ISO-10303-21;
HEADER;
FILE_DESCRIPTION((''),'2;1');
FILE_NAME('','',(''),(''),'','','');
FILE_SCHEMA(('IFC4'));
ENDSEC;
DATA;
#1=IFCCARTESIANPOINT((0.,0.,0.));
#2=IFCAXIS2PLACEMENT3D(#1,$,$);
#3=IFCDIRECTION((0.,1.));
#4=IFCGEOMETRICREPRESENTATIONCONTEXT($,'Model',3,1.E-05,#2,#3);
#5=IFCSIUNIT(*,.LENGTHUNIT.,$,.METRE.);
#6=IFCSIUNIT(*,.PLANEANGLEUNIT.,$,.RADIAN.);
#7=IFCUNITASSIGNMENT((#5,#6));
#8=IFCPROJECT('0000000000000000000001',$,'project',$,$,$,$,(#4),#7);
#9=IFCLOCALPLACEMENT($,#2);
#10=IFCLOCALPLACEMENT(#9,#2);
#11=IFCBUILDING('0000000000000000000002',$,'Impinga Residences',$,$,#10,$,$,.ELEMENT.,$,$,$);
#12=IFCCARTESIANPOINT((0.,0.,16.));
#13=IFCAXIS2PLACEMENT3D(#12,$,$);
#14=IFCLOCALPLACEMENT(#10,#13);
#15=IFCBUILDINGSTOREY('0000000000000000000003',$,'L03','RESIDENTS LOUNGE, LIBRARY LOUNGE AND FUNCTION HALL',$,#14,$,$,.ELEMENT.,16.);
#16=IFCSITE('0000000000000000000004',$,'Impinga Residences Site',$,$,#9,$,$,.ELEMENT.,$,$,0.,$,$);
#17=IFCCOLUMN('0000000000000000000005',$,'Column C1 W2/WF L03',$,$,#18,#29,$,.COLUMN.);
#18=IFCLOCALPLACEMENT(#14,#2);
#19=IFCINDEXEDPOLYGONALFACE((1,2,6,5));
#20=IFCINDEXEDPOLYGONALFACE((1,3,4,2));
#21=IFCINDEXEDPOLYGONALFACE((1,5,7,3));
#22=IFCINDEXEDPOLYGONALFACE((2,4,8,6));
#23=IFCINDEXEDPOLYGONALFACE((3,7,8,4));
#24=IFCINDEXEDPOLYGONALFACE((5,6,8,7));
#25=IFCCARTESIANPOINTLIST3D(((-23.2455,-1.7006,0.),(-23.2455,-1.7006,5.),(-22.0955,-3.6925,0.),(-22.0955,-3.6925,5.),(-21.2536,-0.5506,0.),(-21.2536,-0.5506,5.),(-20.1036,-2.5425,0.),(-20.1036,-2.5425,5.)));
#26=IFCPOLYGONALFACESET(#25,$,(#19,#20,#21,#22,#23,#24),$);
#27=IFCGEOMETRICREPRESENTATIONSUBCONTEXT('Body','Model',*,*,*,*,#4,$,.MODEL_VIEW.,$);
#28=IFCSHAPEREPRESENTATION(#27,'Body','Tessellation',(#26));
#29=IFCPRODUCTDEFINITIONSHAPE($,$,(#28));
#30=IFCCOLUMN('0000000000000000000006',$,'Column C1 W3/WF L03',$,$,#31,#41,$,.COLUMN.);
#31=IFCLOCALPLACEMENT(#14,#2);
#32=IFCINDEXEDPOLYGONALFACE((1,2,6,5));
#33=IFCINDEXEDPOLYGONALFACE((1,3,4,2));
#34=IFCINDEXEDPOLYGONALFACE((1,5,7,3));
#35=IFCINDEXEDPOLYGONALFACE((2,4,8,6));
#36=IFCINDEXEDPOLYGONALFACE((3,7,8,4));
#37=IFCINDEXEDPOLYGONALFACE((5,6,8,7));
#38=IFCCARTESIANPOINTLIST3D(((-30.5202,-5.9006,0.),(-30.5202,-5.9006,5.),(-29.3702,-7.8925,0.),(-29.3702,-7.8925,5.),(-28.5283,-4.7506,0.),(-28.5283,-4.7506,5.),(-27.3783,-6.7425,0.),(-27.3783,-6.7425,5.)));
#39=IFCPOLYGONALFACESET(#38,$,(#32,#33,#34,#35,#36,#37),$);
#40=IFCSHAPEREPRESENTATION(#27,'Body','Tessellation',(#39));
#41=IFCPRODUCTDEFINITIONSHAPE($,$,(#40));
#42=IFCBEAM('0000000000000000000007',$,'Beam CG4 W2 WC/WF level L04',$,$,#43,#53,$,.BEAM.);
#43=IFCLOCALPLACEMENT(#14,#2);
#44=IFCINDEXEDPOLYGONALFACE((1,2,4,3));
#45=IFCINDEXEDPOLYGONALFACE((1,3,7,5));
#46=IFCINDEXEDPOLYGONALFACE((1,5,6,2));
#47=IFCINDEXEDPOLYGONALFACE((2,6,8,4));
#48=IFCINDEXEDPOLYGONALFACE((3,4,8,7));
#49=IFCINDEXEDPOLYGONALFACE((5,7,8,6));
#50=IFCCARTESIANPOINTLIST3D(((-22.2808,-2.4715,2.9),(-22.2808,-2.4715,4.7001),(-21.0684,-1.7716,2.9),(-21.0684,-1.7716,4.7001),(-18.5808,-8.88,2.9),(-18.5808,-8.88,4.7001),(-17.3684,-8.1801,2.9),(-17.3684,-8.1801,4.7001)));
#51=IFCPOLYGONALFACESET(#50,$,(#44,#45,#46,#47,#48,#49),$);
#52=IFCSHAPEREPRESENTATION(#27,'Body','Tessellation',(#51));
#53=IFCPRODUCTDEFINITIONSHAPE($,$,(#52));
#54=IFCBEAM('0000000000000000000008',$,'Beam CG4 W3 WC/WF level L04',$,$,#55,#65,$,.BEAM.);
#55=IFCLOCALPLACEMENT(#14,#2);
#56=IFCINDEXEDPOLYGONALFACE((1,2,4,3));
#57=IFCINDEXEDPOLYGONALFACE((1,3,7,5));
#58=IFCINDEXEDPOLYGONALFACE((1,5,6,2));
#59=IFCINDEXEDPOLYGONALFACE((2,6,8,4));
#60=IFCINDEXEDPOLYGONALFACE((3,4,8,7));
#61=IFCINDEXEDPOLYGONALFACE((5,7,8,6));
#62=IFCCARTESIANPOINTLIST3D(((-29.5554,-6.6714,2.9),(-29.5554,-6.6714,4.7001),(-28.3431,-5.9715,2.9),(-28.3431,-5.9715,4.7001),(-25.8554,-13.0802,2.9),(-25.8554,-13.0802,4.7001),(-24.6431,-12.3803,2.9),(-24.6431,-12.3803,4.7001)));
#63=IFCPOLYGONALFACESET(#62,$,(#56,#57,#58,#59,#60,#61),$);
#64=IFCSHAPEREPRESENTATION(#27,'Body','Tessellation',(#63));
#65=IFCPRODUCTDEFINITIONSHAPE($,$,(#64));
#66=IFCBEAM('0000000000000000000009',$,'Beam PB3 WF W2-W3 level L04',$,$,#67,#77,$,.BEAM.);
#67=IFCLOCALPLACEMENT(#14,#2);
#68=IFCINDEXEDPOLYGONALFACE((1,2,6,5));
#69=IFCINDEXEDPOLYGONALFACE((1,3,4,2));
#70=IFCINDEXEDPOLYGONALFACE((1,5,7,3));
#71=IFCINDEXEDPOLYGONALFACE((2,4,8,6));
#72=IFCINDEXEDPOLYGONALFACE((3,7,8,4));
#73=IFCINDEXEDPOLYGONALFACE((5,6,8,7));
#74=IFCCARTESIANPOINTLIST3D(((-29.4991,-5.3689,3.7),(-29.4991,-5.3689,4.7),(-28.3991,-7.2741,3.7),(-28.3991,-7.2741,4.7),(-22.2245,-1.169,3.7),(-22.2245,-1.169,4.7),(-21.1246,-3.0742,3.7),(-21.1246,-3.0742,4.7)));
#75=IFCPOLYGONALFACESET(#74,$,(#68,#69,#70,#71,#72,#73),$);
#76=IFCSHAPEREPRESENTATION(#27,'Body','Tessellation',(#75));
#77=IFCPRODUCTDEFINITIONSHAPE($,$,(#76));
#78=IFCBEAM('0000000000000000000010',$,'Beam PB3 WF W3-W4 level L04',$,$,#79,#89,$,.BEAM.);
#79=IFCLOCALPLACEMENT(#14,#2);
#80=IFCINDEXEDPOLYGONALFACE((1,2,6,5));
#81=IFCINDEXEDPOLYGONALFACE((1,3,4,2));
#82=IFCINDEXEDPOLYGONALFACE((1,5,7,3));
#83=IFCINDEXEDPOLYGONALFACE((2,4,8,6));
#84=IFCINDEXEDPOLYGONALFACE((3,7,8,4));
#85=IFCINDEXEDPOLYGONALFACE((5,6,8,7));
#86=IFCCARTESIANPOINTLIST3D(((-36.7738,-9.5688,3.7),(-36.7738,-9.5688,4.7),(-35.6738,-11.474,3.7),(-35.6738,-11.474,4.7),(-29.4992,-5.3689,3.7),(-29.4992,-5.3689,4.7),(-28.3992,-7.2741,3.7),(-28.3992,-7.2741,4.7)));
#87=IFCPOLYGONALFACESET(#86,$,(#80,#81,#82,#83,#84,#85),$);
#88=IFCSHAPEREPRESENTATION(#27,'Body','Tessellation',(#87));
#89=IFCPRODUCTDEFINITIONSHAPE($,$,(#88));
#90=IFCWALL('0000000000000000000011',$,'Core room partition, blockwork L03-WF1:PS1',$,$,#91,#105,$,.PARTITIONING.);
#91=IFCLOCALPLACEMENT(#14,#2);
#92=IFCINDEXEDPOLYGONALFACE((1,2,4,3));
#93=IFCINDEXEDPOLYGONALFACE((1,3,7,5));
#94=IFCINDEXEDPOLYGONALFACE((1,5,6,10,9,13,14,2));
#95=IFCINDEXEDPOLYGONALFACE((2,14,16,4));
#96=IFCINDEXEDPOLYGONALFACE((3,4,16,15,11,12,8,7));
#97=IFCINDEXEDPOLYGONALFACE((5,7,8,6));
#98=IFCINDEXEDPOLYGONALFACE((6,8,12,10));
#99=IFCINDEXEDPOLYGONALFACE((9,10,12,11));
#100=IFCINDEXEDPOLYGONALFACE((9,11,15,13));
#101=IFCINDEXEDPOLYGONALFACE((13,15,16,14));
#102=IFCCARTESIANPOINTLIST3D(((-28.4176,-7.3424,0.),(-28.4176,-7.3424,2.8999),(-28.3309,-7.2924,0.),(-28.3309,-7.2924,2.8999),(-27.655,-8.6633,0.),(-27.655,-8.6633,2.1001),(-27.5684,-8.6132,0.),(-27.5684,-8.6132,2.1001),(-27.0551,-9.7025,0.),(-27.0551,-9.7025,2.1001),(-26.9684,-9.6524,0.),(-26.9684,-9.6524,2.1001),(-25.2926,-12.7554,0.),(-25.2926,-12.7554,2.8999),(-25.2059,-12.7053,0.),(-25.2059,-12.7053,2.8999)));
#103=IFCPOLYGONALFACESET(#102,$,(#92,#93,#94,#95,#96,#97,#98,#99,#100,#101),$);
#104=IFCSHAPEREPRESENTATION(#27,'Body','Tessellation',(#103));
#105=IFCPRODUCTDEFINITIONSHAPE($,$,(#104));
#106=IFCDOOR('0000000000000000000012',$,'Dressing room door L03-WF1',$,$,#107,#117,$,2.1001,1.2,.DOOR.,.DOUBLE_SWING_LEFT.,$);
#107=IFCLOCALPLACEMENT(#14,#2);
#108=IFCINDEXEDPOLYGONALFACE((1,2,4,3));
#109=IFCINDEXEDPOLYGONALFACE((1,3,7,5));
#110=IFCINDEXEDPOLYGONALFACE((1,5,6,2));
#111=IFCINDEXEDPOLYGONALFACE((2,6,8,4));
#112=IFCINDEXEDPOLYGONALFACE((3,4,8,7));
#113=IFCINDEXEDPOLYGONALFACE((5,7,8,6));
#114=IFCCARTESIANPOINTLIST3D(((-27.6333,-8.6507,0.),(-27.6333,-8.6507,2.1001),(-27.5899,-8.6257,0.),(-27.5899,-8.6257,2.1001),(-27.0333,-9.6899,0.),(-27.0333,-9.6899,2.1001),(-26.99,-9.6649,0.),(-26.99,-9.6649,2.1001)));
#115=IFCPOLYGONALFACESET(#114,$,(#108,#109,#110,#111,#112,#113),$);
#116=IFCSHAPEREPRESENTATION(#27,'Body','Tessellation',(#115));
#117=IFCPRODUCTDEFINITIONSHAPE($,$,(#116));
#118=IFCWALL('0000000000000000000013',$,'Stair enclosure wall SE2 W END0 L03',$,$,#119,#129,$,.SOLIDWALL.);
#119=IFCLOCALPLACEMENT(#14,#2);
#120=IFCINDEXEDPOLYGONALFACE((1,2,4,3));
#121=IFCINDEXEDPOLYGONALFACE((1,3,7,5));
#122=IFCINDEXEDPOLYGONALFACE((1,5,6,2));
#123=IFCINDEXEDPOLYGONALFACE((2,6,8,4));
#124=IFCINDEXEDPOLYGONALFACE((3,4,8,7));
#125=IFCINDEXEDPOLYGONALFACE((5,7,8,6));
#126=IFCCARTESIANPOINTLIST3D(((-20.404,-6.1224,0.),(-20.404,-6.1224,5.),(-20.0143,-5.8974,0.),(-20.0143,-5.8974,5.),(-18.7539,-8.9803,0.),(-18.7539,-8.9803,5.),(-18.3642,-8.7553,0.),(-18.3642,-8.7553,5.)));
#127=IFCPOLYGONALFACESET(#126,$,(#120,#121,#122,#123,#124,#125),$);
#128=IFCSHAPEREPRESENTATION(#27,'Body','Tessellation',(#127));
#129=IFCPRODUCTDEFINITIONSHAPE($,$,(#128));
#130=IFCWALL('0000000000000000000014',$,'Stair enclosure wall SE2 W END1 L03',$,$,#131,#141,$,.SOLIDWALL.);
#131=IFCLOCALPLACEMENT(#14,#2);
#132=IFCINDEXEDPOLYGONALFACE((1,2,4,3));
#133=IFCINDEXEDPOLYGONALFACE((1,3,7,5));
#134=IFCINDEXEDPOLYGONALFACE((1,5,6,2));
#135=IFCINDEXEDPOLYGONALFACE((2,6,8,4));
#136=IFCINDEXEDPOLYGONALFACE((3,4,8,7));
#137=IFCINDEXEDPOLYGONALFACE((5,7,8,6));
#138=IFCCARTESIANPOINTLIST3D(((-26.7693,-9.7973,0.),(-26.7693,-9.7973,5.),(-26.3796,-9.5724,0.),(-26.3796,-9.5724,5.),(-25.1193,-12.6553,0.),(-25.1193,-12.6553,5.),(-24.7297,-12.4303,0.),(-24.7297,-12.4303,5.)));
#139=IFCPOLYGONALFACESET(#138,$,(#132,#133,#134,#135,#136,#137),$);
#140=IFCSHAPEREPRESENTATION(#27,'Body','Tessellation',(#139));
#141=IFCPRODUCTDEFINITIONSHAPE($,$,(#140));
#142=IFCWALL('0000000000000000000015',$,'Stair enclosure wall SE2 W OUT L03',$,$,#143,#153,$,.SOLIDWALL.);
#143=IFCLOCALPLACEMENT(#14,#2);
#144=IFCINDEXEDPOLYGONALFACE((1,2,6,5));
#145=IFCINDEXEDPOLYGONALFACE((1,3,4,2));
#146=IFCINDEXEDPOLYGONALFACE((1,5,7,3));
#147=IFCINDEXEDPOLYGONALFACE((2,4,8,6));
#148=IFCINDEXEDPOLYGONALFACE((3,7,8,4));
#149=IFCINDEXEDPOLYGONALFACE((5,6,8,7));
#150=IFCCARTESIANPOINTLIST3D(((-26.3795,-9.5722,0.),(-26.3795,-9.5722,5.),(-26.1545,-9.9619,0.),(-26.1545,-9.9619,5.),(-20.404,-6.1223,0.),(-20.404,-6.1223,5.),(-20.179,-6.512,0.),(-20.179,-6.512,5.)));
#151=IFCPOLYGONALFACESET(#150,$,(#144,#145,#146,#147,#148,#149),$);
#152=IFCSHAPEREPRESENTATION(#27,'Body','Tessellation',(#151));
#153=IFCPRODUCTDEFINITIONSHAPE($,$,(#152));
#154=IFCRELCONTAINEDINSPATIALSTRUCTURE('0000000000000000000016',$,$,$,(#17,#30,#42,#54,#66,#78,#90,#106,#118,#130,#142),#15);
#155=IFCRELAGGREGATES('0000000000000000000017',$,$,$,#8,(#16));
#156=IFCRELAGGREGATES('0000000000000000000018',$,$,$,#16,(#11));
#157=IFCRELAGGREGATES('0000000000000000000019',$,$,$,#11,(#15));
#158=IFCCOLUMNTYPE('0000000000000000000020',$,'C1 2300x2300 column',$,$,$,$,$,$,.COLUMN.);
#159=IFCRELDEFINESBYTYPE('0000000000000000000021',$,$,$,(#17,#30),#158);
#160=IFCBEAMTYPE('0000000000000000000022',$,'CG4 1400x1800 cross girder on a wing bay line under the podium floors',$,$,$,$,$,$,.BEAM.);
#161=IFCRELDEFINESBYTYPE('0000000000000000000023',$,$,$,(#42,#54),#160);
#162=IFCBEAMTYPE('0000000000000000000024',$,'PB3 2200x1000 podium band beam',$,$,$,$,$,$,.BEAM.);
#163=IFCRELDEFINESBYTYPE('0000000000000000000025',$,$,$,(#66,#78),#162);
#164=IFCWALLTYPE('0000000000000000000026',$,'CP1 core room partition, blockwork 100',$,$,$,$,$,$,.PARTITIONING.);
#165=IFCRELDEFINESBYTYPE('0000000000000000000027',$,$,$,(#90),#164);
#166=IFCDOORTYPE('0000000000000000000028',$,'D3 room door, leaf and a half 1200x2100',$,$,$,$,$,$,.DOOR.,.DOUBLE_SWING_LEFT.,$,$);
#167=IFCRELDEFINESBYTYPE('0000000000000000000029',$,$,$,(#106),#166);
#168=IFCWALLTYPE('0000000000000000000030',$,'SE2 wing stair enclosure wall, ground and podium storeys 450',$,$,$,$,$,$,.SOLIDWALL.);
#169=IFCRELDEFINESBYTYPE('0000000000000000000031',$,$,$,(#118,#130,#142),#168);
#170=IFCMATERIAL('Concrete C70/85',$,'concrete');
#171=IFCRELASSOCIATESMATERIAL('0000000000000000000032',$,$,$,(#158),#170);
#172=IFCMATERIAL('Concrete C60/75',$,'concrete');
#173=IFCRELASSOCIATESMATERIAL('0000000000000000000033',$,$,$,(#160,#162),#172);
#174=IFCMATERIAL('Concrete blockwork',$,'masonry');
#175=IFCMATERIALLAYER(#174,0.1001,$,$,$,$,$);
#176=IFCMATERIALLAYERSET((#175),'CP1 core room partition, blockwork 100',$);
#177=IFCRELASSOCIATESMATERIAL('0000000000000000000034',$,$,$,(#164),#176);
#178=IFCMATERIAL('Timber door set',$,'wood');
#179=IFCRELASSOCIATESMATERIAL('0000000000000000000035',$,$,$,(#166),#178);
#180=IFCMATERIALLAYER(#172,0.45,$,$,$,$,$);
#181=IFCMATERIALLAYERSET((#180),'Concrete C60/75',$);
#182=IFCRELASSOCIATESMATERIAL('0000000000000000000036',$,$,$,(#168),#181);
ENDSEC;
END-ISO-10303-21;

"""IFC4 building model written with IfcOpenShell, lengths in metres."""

from ifc_helpers import new_model, si_unit, direction, frame, frame_2d, origin, origin_2d, place, context, subcontext, project, spatial, rectangle, extrude, material, layer, layer_set, material_profile, profile_set, type_object, element, fill, save


model = new_model("IFC4")

# Units and contexts
model_context = context("Model", 3, precision=1e-05, world=origin(), true_north=direction((0.0, 1.0)))
body_context = subcontext(model_context, "Body", "Model", "MODEL_VIEW")
ifc_project = project(units=[si_unit("LENGTHUNIT", "METRE"), si_unit("PLANEANGLEUNIT", "RADIAN")], contexts=[model_context])

# Site, building, storey
site_placement = place(None, origin())
site = spatial("IfcSite", under=ifc_project, at=site_placement, Name="Impinga Residences Site", CompositionType="ELEMENT", RefElevation=0.0)
building_placement = place(site_placement, origin())
building = spatial("IfcBuilding", under=site, at=building_placement, Name="Impinga Residences", CompositionType="ELEMENT")
storey_placement = place(building_placement, frame((0.0, 0.0, 16.0)))
storey = spatial("IfcBuildingStorey", under=building, at=storey_placement, Name="L03", Description="RESIDENTS LOUNGE, LIBRARY LOUNGE AND FUNCTION HALL", CompositionType="ELEMENT", Elevation=16.0)

# Columns
ifc_material_1 = material(Name="Concrete C70/85", Category="concrete")
ifc_material_profile_1 = material_profile(ifc_material_1, rectangle(XDim=2.3, YDim=2.3, at=origin_2d()), Name="RC 2300x2300")
ifc_profile_set_1 = profile_set([ifc_material_profile_1], Name="Concrete C70/85")
column_type = type_object("IfcColumnType", Name="C1 2300x2300 column", PredefinedType="COLUMN", material=ifc_profile_set_1)
for number, where, z_axis, x_axis, name in (
    (1, (-21.6746, -2.1216, 0.0), (0.0, 0.0, 1.0), (-0.5, 0.866025, 0.0), "Column C1 W2/WF L03"),
    (2, (-28.9492, -6.3215, 0.0), (0.0, 0.0, 1.0), (-0.5, 0.866025, 0.0), "Column C1 W3/WF L03"),
):
    element("IfcColumn", number, at=place(storey_placement, frame(where, z_axis=z_axis, x_axis=x_axis)), inside=storey, type_object=column_type, Name=name, PredefinedType="COLUMN", context=body_context, shape_type="SweptSolid", body=[
        extrude(rectangle(XDim=2.3, YDim=2.3, at=origin_2d()), origin(), (0.0, 0.0, 1.0), 5.0),
    ])

# Beams
ifc_material_2 = material(Name="Concrete C60/75", Category="concrete")
ifc_material_profile_2 = material_profile(ifc_material_2, rectangle(XDim=1.3999, YDim=1.8, at=origin_2d()), Name="RC 1400x1800")
ifc_profile_set_2 = profile_set([ifc_material_profile_2], Name="Concrete C60/75")
beam_type_1 = type_object("IfcBeamType", Name="CG4 1400x1800 cross girder on a wing bay line under the podium floors", PredefinedType="BEAM", material=ifc_profile_set_2)
beam_1_placement = place(storey_placement, frame((-17.9746, -8.53, 3.8), z_axis=(-0.500003, 0.866024, 0.0), x_axis=(-0.866024, -0.500003, 0.0)))
element("IfcBeam", 3, at=beam_1_placement, inside=storey, type_object=beam_type_1, Name="Beam CG4 W2 WC/WF level L04", PredefinedType="BEAM", context=body_context, shape_type="SweptSolid", body=[
    extrude(rectangle(XDim=1.3999, YDim=1.8, at=origin_2d()), origin(), (0.0, 0.0, 1.0), 7.3999),
])
beam_2_placement = place(storey_placement, frame((-25.2493, -12.7302, 3.8), z_axis=(-0.499989, 0.866032, 0.0), x_axis=(-0.866032, -0.499989, 0.0)))
element("IfcBeam", 4, at=beam_2_placement, inside=storey, type_object=beam_type_1, Name="Beam CG4 W3 WC/WF level L04", PredefinedType="BEAM", context=body_context, shape_type="SweptSolid", body=[
    extrude(rectangle(XDim=1.3999, YDim=1.8, at=origin_2d()), origin(), (0.0, 0.0, 1.0), 7.4001),
])
ifc_material_profile_3 = material_profile(ifc_material_2, rectangle(XDim=2.2, YDim=1.0, at=origin_2d()), Name="RC 2200x1000")
ifc_profile_set_3 = profile_set([ifc_material_profile_3], Name="Concrete C60/75")
beam_type_2 = type_object("IfcBeamType", Name="PB3 2200x1000 podium band beam", PredefinedType="BEAM", material=ifc_profile_set_3)
for number, where, z_axis, x_axis, name in (
    (5, (-21.6746, -2.1216, 4.2), (-0.866029, -0.499993, 0.0), (0.499993, -0.866029, 0.0), "Beam PB3 WF W2-W3 level L04"),
    (6, (-28.9492, -6.3215, 4.2), (-0.866029, -0.499993, 0.0), (0.499993, -0.866029, 0.0), "Beam PB3 WF W3-W4 level L04"),
):
    element("IfcBeam", number, at=place(storey_placement, frame(where, z_axis=z_axis, x_axis=x_axis)), inside=storey, type_object=beam_type_2, Name=name, PredefinedType="BEAM", context=body_context, shape_type="SweptSolid", body=[
        extrude(rectangle(XDim=2.2, YDim=1.0, at=origin_2d()), origin(), (0.0, 0.0, 1.0), 8.3999),
    ])

# Wall, opening, door
ifc_material_3 = material(Name="Concrete blockwork", Category="masonry")
ifc_layer_1 = layer(ifc_material_3, 0.1001)
ifc_layer_set_1 = layer_set([ifc_layer_1], Name="CP1 core room partition, blockwork 100")
wall_type_1 = type_object("IfcWallType", Name="CP1 core room partition, blockwork 100", PredefinedType="PARTITIONING", material=ifc_layer_set_1)
wall_1_placement = place(storey_placement, frame((-25.2493, -12.7302, 0.0), z_axis=(0.0, 0.0, 1.0), x_axis=(-0.499987, 0.866033, 0.0)))
wall_1 = element("IfcWall", 7, at=wall_1_placement, inside=storey, type_object=wall_type_1, Name="Core room partition, blockwork L03-WF1:PS1", PredefinedType="PARTITIONING", context=body_context, shape_type="SweptSolid", body=[
    extrude(rectangle(XDim=6.2502, YDim=0.1001, at=frame_2d((3.125, 0.0))), origin(), (0.0, 0.0, 1.0), 2.8999),
])
opening_placement = place(wall_1_placement, frame((3.5249, 0.0, 0.0)))
opening = element("IfcOpeningElement", 8, at=opening_placement, cuts=wall_1, PredefinedType="OPENING", context=body_context, shape_type="SweptSolid", body=[
    extrude(rectangle(XDim=1.2, YDim=2.1001, at=frame_2d((0.6001, 1.05))), frame((0.0, 0.0601, 0.0), z_axis=(0.0, -1.0, 0.0), x_axis=(1.0, 0.0, 0.0)), (0.0, 0.0, 1.0), 0.1201),
])
ifc_material_4 = material(Name="Timber door set", Category="wood")
door_type = type_object("IfcDoorType", Name="D3 room door, leaf and a half 1200x2100", OperationType="DOUBLE_SWING_LEFT", PredefinedType="DOOR", material=ifc_material_4)
door_placement = place(opening_placement, origin())
door = element("IfcDoor", 9, at=door_placement, inside=storey, type_object=door_type, Name="Dressing room door L03-WF1", OperationType="DOUBLE_SWING_LEFT", OverallHeight=2.1001, OverallWidth=1.2, PredefinedType="DOOR", context=body_context, shape_type="SweptSolid", body=[
    extrude(rectangle(XDim=1.2, YDim=2.1001, at=frame_2d((0.6001, 1.05))), frame((0.0, 0.0249, 0.0), z_axis=(0.0, -1.0, 0.0), x_axis=(1.0, 0.0, 0.0)), (0.0, 0.0, 1.0), 0.05),
])
fill(opening, door)

# Walls
ifc_layer_2 = layer(ifc_material_2, 0.45)
ifc_layer_set_2 = layer_set([ifc_layer_2], Name="Concrete C60/75")
wall_type_2 = type_object("IfcWallType", Name="SE2 wing stair enclosure wall, ground and podium storeys 450", PredefinedType="SOLIDWALL", material=ifc_layer_set_2)
for number, where, z_axis, x_axis, name in (
    (10, (-18.5591, -8.8677, 0.0), (0.0, 0.0, 1.0), (-0.50003, 0.866008, 0.0), "Stair enclosure wall SE2 W END0 L03"),
    (11, (-24.9246, -12.5427, 0.0), (0.0, 0.0, 1.0), (-0.499974, 0.86604, 0.0), "Stair enclosure wall SE2 W END1 L03"),
):
    element("IfcWall", number, at=place(storey_placement, frame(where, z_axis=z_axis, x_axis=x_axis)), inside=storey, type_object=wall_type_2, Name=name, PredefinedType="SOLIDWALL", context=body_context, shape_type="SweptSolid", body=[
        extrude(rectangle(XDim=3.3, YDim=0.45, at=frame_2d((1.6499, 0.0))), origin(), (0.0, 0.0, 1.0), 5.0),
    ])
wall_2_placement = place(storey_placement, frame((-20.2915, -6.3171, 0.0), z_axis=(0.0, 0.0, 1.0), x_axis=(-0.866029, -0.499994, 0.0)))
element("IfcWall", 12, at=wall_2_placement, inside=storey, type_object=wall_type_2, Name="Stair enclosure wall SE2 W OUT L03", PredefinedType="SOLIDWALL", context=body_context, shape_type="SweptSolid", body=[
    extrude(rectangle(XDim=6.8999, YDim=0.45, at=frame_2d((3.45, 0.0))), origin(), (0.0, 0.0, 1.0), 5.0),
])

save(model, "model.ifc")
